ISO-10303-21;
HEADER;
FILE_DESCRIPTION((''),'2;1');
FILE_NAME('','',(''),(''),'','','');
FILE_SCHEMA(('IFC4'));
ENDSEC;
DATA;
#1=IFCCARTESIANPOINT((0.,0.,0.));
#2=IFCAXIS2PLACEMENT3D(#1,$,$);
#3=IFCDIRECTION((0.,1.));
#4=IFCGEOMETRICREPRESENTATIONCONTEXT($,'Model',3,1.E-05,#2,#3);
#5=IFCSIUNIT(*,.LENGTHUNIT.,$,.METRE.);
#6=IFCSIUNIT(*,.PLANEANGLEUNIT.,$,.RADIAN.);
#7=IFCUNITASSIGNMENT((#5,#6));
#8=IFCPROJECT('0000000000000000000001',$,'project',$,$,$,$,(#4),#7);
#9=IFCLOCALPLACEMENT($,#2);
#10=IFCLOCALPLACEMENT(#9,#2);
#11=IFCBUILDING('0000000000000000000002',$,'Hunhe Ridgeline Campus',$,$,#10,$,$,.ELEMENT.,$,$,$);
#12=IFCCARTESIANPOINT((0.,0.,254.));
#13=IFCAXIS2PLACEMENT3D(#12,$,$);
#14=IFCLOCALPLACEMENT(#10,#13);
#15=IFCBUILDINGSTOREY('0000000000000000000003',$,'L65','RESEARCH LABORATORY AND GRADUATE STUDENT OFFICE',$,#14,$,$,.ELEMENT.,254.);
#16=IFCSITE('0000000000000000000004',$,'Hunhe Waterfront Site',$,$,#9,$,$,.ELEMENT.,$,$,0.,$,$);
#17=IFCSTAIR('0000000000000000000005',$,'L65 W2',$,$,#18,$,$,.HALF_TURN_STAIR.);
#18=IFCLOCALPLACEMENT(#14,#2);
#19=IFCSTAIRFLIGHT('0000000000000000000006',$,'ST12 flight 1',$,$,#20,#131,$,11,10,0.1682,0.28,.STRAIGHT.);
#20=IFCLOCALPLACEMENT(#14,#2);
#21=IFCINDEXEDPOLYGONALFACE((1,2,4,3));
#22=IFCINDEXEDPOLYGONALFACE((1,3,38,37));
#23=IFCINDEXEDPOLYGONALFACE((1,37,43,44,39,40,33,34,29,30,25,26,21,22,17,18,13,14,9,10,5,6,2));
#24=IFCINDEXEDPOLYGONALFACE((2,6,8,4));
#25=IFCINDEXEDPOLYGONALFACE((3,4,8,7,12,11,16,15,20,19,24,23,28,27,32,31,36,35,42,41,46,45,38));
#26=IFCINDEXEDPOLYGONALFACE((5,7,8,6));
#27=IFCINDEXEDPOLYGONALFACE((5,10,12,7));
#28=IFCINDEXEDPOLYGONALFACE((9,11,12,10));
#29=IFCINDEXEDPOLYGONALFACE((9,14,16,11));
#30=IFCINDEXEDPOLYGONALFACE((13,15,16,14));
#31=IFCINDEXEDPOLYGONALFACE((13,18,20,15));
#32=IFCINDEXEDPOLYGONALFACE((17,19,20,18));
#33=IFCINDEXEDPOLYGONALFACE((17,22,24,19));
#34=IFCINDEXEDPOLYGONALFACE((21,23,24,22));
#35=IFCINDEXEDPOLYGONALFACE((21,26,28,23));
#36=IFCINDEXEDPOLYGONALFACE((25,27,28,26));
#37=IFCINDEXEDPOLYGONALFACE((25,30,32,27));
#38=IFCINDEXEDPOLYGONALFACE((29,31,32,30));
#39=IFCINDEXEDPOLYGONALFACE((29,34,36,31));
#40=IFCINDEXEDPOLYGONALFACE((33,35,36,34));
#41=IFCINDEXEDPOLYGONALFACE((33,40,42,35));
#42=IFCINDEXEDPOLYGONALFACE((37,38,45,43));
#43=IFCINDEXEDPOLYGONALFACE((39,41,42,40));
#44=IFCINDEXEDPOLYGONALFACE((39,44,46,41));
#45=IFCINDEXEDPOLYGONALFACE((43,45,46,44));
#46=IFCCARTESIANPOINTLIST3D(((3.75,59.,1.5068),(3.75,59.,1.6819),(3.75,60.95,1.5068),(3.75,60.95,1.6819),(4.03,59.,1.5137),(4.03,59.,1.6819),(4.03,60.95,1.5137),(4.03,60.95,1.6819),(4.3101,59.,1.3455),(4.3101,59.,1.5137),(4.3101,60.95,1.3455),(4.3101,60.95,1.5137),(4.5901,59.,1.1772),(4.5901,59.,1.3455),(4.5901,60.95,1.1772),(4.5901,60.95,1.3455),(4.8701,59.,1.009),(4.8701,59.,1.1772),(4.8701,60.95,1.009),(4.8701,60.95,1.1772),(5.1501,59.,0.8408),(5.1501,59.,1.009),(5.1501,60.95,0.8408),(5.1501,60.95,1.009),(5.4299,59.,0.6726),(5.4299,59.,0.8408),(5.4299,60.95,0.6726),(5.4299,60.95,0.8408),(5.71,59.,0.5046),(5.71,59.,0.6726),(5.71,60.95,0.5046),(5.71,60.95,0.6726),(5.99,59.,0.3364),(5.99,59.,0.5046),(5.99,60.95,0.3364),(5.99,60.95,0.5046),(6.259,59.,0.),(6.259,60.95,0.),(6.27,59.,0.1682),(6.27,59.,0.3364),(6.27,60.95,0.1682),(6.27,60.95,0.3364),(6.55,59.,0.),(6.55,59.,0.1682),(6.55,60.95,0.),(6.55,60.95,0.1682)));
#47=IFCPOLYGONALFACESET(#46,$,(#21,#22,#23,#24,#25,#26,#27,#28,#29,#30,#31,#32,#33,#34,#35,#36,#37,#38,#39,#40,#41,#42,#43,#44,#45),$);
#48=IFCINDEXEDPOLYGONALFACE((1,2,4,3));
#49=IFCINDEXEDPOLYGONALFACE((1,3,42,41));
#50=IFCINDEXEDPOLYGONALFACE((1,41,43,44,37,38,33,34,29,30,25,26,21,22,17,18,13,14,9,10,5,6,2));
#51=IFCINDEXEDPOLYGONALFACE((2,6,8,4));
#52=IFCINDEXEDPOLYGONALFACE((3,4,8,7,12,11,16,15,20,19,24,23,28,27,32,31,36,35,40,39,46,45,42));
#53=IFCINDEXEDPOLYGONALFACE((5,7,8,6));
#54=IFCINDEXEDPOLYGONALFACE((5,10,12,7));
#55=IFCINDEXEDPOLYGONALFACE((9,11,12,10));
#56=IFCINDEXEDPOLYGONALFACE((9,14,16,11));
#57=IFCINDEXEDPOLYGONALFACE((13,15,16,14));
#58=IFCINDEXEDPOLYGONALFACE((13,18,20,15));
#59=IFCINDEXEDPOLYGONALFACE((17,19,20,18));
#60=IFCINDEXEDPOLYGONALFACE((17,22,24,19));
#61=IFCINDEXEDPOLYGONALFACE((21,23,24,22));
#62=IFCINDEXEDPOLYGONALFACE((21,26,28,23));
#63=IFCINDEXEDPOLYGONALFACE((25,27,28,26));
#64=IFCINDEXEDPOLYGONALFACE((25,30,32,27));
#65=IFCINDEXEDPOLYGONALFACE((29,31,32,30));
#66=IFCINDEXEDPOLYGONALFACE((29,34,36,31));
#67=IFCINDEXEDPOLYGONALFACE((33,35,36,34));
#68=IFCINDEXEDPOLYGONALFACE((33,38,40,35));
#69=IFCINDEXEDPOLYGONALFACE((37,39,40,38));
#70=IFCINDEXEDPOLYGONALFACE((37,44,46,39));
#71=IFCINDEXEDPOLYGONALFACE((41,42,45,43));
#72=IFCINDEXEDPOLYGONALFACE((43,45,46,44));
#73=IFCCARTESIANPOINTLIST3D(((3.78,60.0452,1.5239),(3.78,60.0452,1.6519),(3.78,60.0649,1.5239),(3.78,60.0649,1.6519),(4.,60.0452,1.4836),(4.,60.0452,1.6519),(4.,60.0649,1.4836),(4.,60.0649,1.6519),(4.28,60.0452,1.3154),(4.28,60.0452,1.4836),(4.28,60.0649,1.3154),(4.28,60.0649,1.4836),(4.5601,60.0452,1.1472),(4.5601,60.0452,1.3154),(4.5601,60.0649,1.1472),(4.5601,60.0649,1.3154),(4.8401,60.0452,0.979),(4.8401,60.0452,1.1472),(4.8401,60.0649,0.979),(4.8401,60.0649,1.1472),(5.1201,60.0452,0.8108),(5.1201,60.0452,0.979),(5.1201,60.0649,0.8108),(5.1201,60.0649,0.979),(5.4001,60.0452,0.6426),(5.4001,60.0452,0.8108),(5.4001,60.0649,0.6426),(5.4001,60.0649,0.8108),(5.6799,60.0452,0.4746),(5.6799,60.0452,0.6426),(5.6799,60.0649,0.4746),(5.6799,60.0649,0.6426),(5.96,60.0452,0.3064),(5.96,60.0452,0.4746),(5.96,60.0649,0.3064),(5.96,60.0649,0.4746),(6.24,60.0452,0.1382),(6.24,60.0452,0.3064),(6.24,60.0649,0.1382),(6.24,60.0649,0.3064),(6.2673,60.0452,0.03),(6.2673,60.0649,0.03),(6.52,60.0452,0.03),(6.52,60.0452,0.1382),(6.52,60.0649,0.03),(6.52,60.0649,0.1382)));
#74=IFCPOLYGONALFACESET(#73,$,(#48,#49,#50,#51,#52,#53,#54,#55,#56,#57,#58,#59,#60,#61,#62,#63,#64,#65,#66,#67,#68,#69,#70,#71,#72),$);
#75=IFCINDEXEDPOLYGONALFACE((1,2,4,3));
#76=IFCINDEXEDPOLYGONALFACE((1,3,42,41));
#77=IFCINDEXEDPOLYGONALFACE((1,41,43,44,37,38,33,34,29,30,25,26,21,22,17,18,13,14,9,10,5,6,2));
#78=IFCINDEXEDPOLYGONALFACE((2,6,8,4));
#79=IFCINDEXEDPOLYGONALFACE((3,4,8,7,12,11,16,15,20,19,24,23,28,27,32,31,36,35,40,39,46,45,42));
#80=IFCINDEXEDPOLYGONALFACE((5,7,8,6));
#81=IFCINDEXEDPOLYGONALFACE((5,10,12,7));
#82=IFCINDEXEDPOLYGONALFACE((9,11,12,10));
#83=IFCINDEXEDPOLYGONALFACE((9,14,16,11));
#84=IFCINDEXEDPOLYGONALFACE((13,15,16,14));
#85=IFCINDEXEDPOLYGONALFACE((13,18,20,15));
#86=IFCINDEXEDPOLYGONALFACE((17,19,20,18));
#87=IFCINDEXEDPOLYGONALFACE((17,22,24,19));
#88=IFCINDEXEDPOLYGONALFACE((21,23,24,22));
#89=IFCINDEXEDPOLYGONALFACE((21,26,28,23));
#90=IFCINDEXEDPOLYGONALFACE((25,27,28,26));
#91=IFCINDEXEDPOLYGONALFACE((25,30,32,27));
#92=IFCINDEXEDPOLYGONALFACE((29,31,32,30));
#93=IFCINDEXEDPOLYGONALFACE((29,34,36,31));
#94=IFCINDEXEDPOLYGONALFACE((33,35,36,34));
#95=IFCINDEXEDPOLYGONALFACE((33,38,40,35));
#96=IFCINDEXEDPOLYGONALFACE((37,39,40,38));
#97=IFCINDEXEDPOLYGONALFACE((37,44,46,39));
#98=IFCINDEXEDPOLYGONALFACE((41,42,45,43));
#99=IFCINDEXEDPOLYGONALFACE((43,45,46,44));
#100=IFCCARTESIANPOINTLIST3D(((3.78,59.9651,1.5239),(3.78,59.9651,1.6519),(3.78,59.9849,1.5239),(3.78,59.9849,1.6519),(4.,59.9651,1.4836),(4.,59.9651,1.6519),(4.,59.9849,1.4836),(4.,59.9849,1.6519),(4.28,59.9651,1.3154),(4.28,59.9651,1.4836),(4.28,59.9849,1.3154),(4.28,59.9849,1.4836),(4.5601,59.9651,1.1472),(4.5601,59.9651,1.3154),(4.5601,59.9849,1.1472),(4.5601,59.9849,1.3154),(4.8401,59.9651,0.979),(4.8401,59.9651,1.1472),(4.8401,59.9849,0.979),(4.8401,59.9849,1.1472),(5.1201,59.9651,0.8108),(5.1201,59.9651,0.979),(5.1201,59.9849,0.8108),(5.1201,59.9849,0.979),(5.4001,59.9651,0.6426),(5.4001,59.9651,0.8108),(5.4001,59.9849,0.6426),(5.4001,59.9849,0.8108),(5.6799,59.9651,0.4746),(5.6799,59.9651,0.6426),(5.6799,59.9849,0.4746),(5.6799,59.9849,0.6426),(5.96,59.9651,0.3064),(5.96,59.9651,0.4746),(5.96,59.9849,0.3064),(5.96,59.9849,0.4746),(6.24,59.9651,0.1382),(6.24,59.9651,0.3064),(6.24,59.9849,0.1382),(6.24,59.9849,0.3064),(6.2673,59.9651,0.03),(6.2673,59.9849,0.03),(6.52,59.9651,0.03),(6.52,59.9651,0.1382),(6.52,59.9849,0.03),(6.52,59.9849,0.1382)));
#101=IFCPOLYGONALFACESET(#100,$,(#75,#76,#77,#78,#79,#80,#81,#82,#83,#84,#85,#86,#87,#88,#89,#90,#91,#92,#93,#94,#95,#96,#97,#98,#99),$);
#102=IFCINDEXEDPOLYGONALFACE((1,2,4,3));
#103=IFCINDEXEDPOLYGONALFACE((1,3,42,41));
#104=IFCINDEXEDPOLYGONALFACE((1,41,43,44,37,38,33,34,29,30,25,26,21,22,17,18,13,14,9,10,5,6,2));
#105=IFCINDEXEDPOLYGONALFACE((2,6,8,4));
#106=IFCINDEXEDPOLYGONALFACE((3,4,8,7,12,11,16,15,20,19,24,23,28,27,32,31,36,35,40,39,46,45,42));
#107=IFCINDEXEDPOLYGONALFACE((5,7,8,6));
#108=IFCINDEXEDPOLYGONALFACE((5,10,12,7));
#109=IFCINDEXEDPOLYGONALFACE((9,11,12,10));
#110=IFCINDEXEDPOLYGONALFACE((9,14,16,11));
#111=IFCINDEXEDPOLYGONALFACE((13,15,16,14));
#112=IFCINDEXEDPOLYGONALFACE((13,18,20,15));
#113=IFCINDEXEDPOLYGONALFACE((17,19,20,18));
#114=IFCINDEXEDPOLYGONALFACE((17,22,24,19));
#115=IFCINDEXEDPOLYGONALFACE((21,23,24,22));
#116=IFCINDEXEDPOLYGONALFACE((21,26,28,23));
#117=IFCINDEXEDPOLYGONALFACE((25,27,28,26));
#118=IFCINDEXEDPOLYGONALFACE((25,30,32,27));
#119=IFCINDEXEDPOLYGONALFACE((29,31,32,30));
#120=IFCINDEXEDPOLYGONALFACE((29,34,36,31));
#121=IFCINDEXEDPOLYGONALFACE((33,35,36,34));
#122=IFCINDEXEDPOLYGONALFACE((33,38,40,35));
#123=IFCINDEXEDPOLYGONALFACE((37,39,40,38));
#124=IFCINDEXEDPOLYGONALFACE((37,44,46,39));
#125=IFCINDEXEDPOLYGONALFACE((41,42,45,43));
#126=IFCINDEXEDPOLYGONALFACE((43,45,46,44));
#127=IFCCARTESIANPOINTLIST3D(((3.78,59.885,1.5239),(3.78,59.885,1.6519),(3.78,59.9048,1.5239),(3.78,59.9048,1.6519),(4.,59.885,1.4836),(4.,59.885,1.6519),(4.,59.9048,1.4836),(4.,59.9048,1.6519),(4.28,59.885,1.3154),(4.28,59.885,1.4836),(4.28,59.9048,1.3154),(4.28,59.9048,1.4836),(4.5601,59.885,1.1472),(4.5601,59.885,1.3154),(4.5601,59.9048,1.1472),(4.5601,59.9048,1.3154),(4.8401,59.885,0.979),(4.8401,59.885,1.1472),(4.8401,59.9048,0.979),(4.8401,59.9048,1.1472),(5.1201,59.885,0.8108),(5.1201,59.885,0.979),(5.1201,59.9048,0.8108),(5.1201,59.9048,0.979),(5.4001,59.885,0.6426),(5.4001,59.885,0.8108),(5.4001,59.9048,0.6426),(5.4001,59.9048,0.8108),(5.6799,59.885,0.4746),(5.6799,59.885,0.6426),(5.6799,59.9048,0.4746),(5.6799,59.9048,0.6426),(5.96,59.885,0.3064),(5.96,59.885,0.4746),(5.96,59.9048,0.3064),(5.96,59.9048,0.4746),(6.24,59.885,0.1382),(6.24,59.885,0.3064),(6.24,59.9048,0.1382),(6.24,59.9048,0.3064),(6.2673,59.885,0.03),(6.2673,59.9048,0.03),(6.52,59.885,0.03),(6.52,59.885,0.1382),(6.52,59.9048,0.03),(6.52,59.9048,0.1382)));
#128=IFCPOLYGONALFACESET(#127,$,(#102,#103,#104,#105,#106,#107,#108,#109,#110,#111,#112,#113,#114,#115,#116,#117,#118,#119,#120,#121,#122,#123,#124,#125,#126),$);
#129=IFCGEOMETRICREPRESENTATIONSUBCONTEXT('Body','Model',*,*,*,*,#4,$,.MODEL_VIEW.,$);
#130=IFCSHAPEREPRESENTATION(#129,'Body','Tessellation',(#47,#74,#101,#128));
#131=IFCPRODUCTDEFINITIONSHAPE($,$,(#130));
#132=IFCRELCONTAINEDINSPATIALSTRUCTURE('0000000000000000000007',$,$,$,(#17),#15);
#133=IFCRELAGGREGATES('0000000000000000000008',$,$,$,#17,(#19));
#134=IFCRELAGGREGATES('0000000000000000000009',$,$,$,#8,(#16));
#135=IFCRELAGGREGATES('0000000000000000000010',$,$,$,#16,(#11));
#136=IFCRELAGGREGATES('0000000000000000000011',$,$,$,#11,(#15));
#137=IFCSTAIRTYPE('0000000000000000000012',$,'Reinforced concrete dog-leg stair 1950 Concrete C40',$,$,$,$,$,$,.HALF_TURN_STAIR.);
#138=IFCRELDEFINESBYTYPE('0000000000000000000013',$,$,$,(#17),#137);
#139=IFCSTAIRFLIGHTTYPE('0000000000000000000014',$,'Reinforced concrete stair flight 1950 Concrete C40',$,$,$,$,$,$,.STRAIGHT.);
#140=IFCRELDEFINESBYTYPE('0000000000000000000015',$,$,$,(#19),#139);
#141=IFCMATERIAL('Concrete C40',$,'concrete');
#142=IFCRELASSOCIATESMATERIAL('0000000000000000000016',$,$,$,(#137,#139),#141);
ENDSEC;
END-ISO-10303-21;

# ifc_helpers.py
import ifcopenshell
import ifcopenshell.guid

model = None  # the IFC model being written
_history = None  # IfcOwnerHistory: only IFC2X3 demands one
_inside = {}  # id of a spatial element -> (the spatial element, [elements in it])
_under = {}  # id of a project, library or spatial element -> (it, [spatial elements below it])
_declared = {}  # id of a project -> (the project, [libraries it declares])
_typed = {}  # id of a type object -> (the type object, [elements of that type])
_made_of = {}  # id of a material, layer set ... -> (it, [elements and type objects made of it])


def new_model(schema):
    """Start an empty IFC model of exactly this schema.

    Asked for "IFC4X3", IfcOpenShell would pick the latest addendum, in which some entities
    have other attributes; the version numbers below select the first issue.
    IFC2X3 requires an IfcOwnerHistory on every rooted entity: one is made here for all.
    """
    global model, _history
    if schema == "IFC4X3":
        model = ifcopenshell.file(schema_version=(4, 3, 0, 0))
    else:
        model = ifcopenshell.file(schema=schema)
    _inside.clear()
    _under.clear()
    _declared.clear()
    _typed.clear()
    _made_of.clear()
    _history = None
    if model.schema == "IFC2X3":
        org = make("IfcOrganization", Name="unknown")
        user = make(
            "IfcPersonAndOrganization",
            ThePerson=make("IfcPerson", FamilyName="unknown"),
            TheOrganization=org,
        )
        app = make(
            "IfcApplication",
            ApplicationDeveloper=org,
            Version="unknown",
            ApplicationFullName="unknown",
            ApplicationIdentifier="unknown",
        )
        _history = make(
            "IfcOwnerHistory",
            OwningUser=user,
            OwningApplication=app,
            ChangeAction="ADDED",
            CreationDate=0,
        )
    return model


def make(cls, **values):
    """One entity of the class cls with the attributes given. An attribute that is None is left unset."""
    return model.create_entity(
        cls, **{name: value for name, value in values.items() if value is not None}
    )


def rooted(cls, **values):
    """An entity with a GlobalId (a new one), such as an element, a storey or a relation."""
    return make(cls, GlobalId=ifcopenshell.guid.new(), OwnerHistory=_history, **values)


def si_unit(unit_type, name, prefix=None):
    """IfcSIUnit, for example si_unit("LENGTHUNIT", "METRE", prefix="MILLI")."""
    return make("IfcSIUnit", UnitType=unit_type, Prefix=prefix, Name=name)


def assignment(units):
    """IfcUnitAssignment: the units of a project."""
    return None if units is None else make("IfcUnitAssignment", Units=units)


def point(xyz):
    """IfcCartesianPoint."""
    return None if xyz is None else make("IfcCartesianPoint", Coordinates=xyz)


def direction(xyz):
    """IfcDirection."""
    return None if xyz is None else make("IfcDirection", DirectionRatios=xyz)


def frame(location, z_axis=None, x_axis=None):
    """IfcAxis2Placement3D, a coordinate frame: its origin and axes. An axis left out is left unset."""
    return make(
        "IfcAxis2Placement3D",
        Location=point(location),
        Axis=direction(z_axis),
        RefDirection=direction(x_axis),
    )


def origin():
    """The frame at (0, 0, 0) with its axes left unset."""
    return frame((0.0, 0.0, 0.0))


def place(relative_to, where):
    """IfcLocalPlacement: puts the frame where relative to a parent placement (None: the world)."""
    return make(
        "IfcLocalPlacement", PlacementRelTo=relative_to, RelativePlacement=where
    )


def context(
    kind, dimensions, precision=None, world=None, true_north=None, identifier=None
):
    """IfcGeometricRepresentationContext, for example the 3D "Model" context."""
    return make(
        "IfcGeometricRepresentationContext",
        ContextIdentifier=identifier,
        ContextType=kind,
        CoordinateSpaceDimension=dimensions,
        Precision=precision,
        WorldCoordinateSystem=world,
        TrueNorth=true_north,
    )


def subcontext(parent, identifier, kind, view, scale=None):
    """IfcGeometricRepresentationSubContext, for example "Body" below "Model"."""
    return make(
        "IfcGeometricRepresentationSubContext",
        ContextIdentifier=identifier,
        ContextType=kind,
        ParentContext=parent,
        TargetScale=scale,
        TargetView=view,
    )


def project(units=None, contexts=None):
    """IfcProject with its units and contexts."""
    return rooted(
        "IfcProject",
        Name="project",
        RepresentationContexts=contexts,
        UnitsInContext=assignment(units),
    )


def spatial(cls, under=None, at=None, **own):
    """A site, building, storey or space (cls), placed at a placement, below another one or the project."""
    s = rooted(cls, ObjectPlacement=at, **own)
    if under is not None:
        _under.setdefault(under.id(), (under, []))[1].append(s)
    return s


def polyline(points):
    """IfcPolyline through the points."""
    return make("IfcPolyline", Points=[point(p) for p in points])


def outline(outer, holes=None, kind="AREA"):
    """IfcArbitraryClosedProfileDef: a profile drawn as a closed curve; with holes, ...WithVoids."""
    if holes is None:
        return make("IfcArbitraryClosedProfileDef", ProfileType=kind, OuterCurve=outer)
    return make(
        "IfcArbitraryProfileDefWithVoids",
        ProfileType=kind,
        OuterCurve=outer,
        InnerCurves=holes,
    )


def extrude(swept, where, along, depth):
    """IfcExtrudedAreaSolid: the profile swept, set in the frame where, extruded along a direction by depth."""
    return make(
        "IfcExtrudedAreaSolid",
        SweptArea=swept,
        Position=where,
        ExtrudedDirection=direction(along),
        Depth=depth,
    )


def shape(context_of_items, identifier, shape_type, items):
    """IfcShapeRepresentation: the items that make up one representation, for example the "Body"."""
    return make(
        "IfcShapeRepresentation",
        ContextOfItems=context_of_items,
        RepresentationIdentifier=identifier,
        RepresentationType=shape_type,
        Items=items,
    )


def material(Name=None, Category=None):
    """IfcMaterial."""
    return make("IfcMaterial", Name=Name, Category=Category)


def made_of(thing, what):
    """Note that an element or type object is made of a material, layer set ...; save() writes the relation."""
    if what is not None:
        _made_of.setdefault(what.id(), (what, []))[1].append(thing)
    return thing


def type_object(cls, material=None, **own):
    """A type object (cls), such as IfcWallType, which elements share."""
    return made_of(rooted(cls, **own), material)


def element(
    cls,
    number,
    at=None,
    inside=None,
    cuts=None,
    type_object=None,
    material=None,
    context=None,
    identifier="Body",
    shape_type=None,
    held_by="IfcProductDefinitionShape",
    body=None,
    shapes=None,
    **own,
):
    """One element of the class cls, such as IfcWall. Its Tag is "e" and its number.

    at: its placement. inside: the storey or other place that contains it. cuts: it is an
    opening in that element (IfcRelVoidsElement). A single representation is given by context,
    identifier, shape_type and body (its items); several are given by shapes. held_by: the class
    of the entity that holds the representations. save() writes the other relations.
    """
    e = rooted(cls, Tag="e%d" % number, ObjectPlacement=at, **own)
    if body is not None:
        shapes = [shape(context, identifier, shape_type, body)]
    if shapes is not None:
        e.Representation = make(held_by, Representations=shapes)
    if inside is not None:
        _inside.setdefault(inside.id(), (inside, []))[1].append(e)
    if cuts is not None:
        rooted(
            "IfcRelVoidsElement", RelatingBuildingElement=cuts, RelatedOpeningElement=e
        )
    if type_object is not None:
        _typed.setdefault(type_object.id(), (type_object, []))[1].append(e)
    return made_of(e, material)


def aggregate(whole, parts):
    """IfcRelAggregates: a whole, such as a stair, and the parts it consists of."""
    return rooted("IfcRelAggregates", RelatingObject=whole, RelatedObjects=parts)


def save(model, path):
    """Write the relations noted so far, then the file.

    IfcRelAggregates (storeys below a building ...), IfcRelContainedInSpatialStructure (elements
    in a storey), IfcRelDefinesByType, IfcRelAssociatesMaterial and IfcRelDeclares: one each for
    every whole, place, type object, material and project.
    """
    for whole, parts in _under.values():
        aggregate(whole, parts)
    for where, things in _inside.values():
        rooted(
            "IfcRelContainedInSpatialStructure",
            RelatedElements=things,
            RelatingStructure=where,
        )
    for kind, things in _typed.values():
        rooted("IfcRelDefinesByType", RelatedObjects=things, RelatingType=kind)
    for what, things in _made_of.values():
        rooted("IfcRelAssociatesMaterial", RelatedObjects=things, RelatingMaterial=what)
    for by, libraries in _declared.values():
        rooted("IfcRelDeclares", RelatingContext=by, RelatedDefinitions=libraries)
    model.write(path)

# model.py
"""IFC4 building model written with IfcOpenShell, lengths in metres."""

from ifc_helpers import new_model, si_unit, direction, frame, origin, place, context, subcontext, project, spatial, polyline, outline, extrude, material, type_object, element, aggregate, save


model = new_model("IFC4")

# Units and contexts
model_context = context("Model", 3, precision=1e-05, world=origin(), true_north=direction((0.0, 1.0)))
body_context = subcontext(model_context, "Body", "Model", "MODEL_VIEW")
ifc_project = project(units=[si_unit("LENGTHUNIT", "METRE"), si_unit("PLANEANGLEUNIT", "RADIAN")], contexts=[model_context])

# Site, building, storey
site_placement = place(None, origin())
site = spatial("IfcSite", under=ifc_project, at=site_placement, Name="Hunhe Waterfront Site", CompositionType="ELEMENT", RefElevation=0.0)
building_placement = place(site_placement, origin())
building = spatial("IfcBuilding", under=site, at=building_placement, Name="Hunhe Ridgeline Campus", CompositionType="ELEMENT")
storey_placement = place(building_placement, frame((0.0, 0.0, 254.0)))
storey = spatial("IfcBuildingStorey", under=building, at=storey_placement, Name="L65", Description="RESEARCH LABORATORY AND GRADUATE STUDENT OFFICE", CompositionType="ELEMENT", Elevation=254.0)

# Shared definitions
ifc_material_1 = material(Name="Concrete C40", Category="concrete")
stair_type = type_object("IfcStairType", Name="Reinforced concrete dog-leg stair 1950 Concrete C40", PredefinedType="HALF_TURN_STAIR", material=ifc_material_1)
stair_flight_type = type_object("IfcStairFlightType", Name="Reinforced concrete stair flight 1950 Concrete C40", PredefinedType="STRAIGHT", material=ifc_material_1)

# Stair, stair flight
stair_1_placement = place(storey_placement, origin())
stair_1 = element("IfcStair", 1, at=stair_1_placement, inside=storey, type_object=stair_type, Name="L65 W2", PredefinedType="HALF_TURN_STAIR")
stair_flight_1_placement = place(storey_placement, frame((6.55, 59.9751, 0.0), z_axis=(0.0, 0.0, 1.0), x_axis=(-1.0, 0.0, 0.0)))
stair_flight_1 = element("IfcStairFlight", 2, at=stair_flight_1_placement, type_object=stair_flight_type, Name="ST12 flight 1", NumberOfRisers=11, NumberOfTreads=10, PredefinedType="STRAIGHT", RiserHeight=0.1682, TreadLength=0.28, context=body_context, shape_type="SweptSolid", body=[
    extrude(outline(polyline([(0.0, 0.0), (0.0, 0.1682), (0.28, 0.1682), (0.28, 0.3364), (0.5601, 0.3364), (0.5601, 0.5046), (0.8401, 0.5046), (0.8401, 0.6726), (1.1201, 0.6726), (1.1201, 0.8408), (1.3999, 0.8408), (1.3999, 1.009), (1.6799, 1.009), (1.6799, 1.1772), (1.96, 1.1772), (1.96, 1.3455), (2.24, 1.3455), (2.24, 1.5137), (2.52, 1.5137), (2.52, 1.6819), (2.8, 1.6819), (2.8, 1.8501), (2.8, 1.5068), (0.291, 0.0), (0.0, 0.0)])), frame((0.0, 0.9751, 0.0), z_axis=(0.0, -1.0, 0.0), x_axis=(1.0, 0.0, 0.0)), (0.0, 0.0, 1.0), 1.95),
    extrude(outline(polyline([(0.03, 0.03), (0.03, 0.1382), (0.3101, 0.1382), (0.3101, 0.3064), (0.5901, 0.3064), (0.5901, 0.4746), (0.8701, 0.4746), (0.8701, 0.6426), (1.1499, 0.6426), (1.1499, 0.8108), (1.4299, 0.8108), (1.4299, 0.979), (1.71, 0.979), (1.71, 1.1472), (1.99, 1.1472), (1.99, 1.3154), (2.27, 1.3154), (2.27, 1.4836), (2.55, 1.4836), (2.55, 1.6519), (2.77, 1.6519), (2.77, 1.5239), (0.2827, 0.03), (0.03, 0.03)])), frame((0.0, -0.0701, 0.0), z_axis=(0.0, -1.0, 0.0), x_axis=(1.0, 0.0, 0.0)), (0.0, 0.0, 1.0), 0.0198),
    extrude(outline(polyline([(0.03, 0.03), (0.03, 0.1382), (0.3101, 0.1382), (0.3101, 0.3064), (0.5901, 0.3064), (0.5901, 0.4746), (0.8701, 0.4746), (0.8701, 0.6426), (1.1499, 0.6426), (1.1499, 0.8108), (1.4299, 0.8108), (1.4299, 0.979), (1.71, 0.979), (1.71, 1.1472), (1.99, 1.1472), (1.99, 1.3154), (2.27, 1.3154), (2.27, 1.4836), (2.55, 1.4836), (2.55, 1.6519), (2.77, 1.6519), (2.77, 1.5239), (0.2827, 0.03), (0.03, 0.03)])), frame((0.0, 0.01, 0.0), z_axis=(0.0, -1.0, 0.0), x_axis=(1.0, 0.0, 0.0)), (0.0, 0.0, 1.0), 0.0198),
    extrude(outline(polyline([(0.03, 0.03), (0.03, 0.1382), (0.3101, 0.1382), (0.3101, 0.3064), (0.5901, 0.3064), (0.5901, 0.4746), (0.8701, 0.4746), (0.8701, 0.6426), (1.1499, 0.6426), (1.1499, 0.8108), (1.4299, 0.8108), (1.4299, 0.979), (1.71, 0.979), (1.71, 1.1472), (1.99, 1.1472), (1.99, 1.3154), (2.27, 1.3154), (2.27, 1.4836), (2.55, 1.4836), (2.55, 1.6519), (2.77, 1.6519), (2.77, 1.5239), (0.2827, 0.03), (0.03, 0.03)])), frame((0.0, 0.0901, 0.0), z_axis=(0.0, -1.0, 0.0), x_axis=(1.0, 0.0, 0.0)), (0.0, 0.0, 1.0), 0.0198),
])
aggregate(stair_1, [stair_flight_1])

save(model, "model.ifc")
